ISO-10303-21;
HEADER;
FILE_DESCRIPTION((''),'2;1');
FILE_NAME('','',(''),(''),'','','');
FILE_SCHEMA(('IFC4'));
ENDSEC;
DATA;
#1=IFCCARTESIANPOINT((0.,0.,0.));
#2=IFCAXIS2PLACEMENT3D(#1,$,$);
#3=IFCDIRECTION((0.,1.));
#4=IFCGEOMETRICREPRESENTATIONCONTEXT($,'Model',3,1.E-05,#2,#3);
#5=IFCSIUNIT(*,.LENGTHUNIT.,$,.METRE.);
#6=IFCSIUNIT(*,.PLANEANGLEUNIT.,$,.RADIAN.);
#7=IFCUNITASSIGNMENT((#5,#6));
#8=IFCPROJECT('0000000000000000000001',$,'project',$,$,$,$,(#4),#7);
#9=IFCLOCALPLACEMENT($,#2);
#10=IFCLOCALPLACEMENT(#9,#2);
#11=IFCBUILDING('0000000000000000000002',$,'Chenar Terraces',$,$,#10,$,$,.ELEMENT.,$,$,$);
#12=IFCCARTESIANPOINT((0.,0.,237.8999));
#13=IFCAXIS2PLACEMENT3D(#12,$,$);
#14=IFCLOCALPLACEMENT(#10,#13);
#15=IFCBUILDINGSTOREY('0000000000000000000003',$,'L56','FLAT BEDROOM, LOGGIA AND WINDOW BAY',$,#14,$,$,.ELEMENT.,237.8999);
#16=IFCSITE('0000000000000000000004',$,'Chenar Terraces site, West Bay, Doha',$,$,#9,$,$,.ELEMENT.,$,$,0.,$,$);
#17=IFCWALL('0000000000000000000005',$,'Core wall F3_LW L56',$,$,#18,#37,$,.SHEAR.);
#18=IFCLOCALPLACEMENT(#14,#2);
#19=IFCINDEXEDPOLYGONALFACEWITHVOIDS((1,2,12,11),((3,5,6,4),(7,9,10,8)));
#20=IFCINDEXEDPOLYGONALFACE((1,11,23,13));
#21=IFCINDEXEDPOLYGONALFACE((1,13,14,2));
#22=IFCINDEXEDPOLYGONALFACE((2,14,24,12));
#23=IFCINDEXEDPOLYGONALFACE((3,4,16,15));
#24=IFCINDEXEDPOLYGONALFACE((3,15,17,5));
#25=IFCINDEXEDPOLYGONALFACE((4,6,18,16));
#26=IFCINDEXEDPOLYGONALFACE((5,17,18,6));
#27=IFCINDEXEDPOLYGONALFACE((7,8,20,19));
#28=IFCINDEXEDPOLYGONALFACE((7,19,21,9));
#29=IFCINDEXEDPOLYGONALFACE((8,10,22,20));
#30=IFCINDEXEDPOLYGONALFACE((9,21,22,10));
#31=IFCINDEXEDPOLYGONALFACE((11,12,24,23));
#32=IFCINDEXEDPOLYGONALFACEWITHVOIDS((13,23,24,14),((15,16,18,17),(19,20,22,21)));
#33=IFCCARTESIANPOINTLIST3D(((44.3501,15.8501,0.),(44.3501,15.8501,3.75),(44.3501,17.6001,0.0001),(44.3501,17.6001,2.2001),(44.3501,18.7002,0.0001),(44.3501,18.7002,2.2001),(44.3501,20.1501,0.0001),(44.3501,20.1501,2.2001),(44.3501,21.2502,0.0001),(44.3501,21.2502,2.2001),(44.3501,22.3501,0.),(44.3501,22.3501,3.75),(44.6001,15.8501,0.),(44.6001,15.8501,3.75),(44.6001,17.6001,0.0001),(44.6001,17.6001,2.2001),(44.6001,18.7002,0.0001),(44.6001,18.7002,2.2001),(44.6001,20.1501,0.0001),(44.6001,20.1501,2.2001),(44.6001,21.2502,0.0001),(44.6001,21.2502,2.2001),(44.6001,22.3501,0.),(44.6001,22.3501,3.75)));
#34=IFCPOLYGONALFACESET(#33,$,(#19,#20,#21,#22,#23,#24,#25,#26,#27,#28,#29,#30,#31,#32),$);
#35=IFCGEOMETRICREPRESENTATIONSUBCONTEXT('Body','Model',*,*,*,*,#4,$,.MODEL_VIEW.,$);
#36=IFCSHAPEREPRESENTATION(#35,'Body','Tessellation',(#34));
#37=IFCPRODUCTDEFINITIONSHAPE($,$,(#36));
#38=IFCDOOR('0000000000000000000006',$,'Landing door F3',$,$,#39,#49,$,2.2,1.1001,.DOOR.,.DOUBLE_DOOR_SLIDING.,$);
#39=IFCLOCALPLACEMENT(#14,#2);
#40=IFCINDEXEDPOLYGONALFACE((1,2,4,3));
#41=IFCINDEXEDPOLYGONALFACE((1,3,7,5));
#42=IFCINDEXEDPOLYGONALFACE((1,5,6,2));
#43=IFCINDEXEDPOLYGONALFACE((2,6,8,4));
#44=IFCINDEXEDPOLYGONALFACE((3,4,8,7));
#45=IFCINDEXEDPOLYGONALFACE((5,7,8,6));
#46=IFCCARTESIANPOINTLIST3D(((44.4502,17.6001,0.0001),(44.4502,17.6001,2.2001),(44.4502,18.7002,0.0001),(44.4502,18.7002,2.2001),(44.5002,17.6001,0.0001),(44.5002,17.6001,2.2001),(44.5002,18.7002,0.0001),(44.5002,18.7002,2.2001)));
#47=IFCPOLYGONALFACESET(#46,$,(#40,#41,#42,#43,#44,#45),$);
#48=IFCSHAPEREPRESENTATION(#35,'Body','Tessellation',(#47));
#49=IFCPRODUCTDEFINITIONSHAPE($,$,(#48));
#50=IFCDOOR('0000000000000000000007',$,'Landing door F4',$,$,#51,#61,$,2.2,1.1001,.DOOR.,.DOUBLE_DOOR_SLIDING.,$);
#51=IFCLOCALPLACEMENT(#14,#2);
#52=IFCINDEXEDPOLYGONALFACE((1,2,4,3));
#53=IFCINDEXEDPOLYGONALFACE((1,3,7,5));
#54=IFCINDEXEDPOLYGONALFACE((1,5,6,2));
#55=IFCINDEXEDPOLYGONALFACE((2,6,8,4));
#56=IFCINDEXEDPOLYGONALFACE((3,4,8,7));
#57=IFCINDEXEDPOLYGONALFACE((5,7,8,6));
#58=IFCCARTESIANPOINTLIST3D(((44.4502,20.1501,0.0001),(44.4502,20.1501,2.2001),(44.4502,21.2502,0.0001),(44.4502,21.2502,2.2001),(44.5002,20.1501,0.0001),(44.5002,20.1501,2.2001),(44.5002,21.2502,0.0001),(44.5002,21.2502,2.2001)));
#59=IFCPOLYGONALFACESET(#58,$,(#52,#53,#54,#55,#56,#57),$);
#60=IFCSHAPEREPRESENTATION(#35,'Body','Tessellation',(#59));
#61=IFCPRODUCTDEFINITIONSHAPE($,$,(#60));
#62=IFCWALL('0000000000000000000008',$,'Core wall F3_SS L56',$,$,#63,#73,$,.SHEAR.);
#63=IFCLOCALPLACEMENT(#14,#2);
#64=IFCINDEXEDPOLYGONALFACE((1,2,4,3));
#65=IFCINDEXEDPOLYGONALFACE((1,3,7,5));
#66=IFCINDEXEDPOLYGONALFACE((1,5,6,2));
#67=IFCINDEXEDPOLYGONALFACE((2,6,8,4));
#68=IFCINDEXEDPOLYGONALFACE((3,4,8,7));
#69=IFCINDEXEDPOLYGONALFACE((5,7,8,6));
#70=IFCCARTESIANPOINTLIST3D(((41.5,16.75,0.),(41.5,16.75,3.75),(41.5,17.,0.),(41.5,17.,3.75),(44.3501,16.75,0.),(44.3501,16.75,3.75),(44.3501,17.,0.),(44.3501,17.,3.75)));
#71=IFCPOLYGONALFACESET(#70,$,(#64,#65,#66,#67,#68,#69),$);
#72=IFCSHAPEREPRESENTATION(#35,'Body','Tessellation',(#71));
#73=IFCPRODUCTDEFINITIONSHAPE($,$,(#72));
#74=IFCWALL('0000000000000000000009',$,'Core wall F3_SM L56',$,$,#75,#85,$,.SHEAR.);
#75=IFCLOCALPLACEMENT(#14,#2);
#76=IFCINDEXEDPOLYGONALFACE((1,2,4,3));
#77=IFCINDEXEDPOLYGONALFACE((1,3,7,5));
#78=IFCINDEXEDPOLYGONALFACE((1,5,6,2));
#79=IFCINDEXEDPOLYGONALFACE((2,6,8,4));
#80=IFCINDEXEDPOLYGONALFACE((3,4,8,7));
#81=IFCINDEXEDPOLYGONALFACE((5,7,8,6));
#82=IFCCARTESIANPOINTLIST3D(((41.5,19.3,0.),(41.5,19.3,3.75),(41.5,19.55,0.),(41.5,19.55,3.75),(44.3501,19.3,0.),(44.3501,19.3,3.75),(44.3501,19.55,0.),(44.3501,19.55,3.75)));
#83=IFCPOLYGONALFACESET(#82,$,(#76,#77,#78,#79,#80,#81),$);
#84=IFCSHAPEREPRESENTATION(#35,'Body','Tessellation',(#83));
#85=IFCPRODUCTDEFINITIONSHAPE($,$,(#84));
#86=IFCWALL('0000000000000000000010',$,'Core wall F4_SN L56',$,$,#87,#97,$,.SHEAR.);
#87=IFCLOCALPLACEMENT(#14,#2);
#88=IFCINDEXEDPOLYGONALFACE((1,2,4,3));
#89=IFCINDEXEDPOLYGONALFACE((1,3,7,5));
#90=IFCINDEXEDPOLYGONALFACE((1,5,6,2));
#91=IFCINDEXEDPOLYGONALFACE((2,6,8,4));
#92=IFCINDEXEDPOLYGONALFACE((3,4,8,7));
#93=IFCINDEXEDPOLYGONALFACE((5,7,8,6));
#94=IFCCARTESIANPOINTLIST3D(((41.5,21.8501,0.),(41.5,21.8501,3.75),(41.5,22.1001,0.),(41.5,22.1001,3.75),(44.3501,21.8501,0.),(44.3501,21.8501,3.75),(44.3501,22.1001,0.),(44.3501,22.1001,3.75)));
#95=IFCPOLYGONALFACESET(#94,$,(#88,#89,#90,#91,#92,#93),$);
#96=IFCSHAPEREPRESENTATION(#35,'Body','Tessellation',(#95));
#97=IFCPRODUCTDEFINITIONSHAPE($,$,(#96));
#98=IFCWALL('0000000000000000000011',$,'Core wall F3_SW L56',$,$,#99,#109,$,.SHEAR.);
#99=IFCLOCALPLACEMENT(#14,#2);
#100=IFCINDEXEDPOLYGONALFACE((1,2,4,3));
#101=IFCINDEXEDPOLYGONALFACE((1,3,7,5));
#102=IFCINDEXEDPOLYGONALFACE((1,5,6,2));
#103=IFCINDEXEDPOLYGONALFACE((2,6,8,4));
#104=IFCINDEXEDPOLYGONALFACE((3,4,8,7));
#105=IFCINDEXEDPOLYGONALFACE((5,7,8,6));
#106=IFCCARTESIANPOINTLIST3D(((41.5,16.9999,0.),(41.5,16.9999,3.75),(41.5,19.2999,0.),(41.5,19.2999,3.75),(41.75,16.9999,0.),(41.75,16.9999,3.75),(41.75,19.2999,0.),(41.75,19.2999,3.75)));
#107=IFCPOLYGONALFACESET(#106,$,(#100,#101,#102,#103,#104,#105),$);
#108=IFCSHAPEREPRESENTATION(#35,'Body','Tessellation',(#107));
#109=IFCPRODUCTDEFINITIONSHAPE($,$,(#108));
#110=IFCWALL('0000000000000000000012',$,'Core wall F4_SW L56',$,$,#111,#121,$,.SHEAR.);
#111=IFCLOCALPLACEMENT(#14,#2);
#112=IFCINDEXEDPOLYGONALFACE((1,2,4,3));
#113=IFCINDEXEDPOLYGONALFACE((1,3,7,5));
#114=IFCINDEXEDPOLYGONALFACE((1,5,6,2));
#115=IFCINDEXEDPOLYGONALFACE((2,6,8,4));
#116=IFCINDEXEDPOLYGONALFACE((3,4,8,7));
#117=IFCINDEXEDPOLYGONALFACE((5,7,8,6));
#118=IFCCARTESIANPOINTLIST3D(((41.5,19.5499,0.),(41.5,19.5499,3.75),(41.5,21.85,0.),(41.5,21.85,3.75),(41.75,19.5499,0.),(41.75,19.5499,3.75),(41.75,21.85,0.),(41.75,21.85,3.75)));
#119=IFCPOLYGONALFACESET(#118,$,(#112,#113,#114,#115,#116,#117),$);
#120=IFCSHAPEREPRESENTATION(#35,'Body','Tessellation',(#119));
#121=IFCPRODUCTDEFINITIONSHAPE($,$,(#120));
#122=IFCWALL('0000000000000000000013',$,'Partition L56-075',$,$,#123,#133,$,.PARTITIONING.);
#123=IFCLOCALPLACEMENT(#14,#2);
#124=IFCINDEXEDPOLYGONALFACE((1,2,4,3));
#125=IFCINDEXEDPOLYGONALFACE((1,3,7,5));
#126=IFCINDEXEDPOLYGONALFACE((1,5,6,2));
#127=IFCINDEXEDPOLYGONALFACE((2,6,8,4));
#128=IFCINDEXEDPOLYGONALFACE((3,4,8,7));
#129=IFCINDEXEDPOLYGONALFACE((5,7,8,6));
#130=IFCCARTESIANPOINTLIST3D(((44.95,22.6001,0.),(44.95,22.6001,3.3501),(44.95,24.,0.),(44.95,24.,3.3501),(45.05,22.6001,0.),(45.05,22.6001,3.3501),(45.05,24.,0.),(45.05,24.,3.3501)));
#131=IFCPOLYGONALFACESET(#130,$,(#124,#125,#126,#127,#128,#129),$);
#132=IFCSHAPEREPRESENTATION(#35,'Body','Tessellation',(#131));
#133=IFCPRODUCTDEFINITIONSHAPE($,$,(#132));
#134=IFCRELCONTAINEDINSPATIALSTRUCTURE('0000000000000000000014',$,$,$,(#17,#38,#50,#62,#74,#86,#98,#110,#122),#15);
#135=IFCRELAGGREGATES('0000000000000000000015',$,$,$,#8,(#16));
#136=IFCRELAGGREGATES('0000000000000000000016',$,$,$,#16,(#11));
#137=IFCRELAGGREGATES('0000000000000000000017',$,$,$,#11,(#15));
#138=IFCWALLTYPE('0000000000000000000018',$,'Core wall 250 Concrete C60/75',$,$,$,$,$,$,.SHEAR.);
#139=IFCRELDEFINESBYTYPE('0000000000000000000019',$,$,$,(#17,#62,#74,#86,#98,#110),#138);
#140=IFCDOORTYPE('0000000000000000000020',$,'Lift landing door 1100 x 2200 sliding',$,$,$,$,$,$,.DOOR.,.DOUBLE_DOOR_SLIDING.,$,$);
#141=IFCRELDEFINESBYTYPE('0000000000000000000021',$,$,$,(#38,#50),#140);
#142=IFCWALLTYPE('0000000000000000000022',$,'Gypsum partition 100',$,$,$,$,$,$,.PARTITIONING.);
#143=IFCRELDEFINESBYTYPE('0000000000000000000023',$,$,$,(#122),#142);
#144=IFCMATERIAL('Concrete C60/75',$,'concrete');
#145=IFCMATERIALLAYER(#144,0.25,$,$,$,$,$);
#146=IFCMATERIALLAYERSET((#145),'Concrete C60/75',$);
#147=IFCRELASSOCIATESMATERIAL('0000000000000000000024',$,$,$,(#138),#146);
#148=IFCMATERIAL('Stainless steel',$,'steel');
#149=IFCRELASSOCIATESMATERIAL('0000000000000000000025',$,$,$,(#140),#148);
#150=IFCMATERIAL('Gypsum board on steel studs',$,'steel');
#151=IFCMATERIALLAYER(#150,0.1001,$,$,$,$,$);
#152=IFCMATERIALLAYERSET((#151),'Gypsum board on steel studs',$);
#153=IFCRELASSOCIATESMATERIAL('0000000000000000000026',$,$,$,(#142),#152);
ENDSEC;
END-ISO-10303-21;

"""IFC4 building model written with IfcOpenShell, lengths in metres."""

from ifc_helpers import new_model, si_unit, direction, frame, frame_2d, origin, place, context, subcontext, project, spatial, rectangle, extrude, material, layer, layer_set, type_object, element, fill, save


model = new_model("IFC4")

# Units and contexts
model_context = context("Model", 3, precision=1e-05, world=origin(), true_north=direction((0.0, 1.0)))
body_context = subcontext(model_context, "Body", "Model", "MODEL_VIEW")
ifc_project = project(units=[si_unit("LENGTHUNIT", "METRE"), si_unit("PLANEANGLEUNIT", "RADIAN")], contexts=[model_context])

# Site, building, storey
site_placement = place(None, origin())
site = spatial("IfcSite", under=ifc_project, at=site_placement, Name="Chenar Terraces site, West Bay, Doha", CompositionType="ELEMENT", RefElevation=0.0)
building_placement = place(site_placement, origin())
building = spatial("IfcBuilding", under=site, at=building_placement, Name="Chenar Terraces", CompositionType="ELEMENT")
storey_placement = place(building_placement, frame((0.0, 0.0, 237.8999)))
storey = spatial("IfcBuildingStorey", under=building, at=storey_placement, Name="L56", Description="FLAT BEDROOM, LOGGIA AND WINDOW BAY", CompositionType="ELEMENT", Elevation=237.8999)

# Shared definitions
ifc_material_1 = material(Name="Concrete C60/75", Category="concrete")
ifc_layer_1 = layer(ifc_material_1, 0.25)
ifc_layer_set_1 = layer_set([ifc_layer_1], Name="Concrete C60/75")
wall_type_1 = type_object("IfcWallType", Name="Core wall 250 Concrete C60/75", PredefinedType="SHEAR", material=ifc_layer_set_1)

# Wall, openings, doors
wall_1_placement = place(storey_placement, frame((44.4751, 15.8501, 0.0), z_axis=(0.0, 0.0, 1.0), x_axis=(0.0, 1.0, 0.0)))
wall_1 = element("IfcWall", 1, at=wall_1_placement, inside=storey, type_object=wall_type_1, Name="Core wall F3_LW L56", PredefinedType="SHEAR", context=body_context, shape_type="SweptSolid", body=[
    extrude(rectangle(XDim=6.5, YDim=0.25, at=frame_2d((3.25, 0.0))), origin(), (0.0, 0.0, 1.0), 3.75),
])
opening_1_placement = place(wall_1_placement, frame((1.75, 0.0, 0.0)))
opening_1 = element("IfcOpeningElement", 2, at=opening_1_placement, cuts=wall_1, PredefinedType="OPENING", context=body_context, shape_type="SweptSolid", body=[
    extrude(rectangle(XDim=1.1001, YDim=2.2, at=frame_2d((0.55, 1.1001))), frame((0.0, 0.135, 0.0), z_axis=(0.0, -1.0, 0.0), x_axis=(1.0, 0.0, 0.0)), (0.0, 0.0, 1.0), 0.27),
])
opening_2_placement = place(wall_1_placement, frame((4.3, 0.0, 0.0)))
opening_2 = element("IfcOpeningElement", 3, at=opening_2_placement, cuts=wall_1, PredefinedType="OPENING", context=body_context, shape_type="SweptSolid", body=[
    extrude(rectangle(XDim=1.1001, YDim=2.2, at=frame_2d((0.55, 1.1001))), frame((0.0, 0.135, 0.0), z_axis=(0.0, -1.0, 0.0), x_axis=(1.0, 0.0, 0.0)), (0.0, 0.0, 1.0), 0.27),
])
ifc_material_2 = material(Name="Stainless steel", Category="steel")
door_type_1 = type_object("IfcDoorType", Name="Lift landing door 1100 x 2200 sliding", OperationType="DOUBLE_DOOR_SLIDING", PredefinedType="DOOR", material=ifc_material_2)
door_1_placement = place(opening_1_placement, origin())
door_1 = element("IfcDoor", 4, at=door_1_placement, inside=storey, type_object=door_type_1, Name="Landing door F3", OperationType="DOUBLE_DOOR_SLIDING", OverallHeight=2.2, OverallWidth=1.1001, PredefinedType="DOOR", context=body_context, shape_type="SweptSolid", body=[
    extrude(rectangle(XDim=1.1001, YDim=2.2, at=frame_2d((0.55, 1.1001))), frame((0.0, 0.0249, 0.0), z_axis=(0.0, -1.0, 0.0), x_axis=(1.0, 0.0, 0.0)), (0.0, 0.0, 1.0), 0.05),
])
fill(opening_1, door_1)
door_2_placement = place(opening_2_placement, origin())
door_2 = element("IfcDoor", 5, at=door_2_placement, inside=storey, type_object=door_type_1, Name="Landing door F4", OperationType="DOUBLE_DOOR_SLIDING", OverallHeight=2.2, OverallWidth=1.1001, PredefinedType="DOOR", context=body_context, shape_type="SweptSolid", body=[
    extrude(rectangle(XDim=1.1001, YDim=2.2, at=frame_2d((0.55, 1.1001))), frame((0.0, 0.0249, 0.0), z_axis=(0.0, -1.0, 0.0), x_axis=(1.0, 0.0, 0.0)), (0.0, 0.0, 1.0), 0.05),
])
fill(opening_2, door_2)

# Walls
for number, where, z_axis, x_axis, name in (
    (6, (41.5, 16.875, 0.0), (0.0, 0.0, 1.0), (1.0, 0.0, 0.0), "Core wall F3_SS L56"),
    (7, (41.5, 19.425, 0.0), (0.0, 0.0, 1.0), (1.0, 0.0, 0.0), "Core wall F3_SM L56"),
    (8, (41.5, 21.9751, 0.0), (0.0, 0.0, 1.0), (1.0, 0.0, 0.0), "Core wall F4_SN L56"),
):
    element("IfcWall", number, at=place(storey_placement, frame(where, z_axis=z_axis, x_axis=x_axis)), inside=storey, type_object=wall_type_1, Name=name, PredefinedType="SHEAR", context=body_context, shape_type="SweptSolid", body=[
        extrude(rectangle(XDim=2.8501, YDim=0.25, at=frame_2d((1.425, 0.0))), origin(), (0.0, 0.0, 1.0), 3.75),
    ])
for number, where, z_axis, x_axis, name in (
    (9, (41.625, 17.0, 0.0), (0.0, 0.0, 1.0), (0.0, 1.0, 0.0), "Core wall F3_SW L56"),
    (10, (41.625, 19.55, 0.0), (0.0, 0.0, 1.0), (0.0, 1.0, 0.0), "Core wall F4_SW L56"),
):
    element("IfcWall", number, at=place(storey_placement, frame(where, z_axis=z_axis, x_axis=x_axis)), inside=storey, type_object=wall_type_1, Name=name, PredefinedType="SHEAR", context=body_context, shape_type="SweptSolid", body=[
        extrude(rectangle(XDim=2.3, YDim=0.25, at=frame_2d((1.1499, 0.0))), origin(), (0.0, 0.0, 1.0), 3.75),
    ])
ifc_material_3 = material(Name="Gypsum board on steel studs", Category="steel")
ifc_layer_2 = layer(ifc_material_3, 0.1001)
ifc_layer_set_2 = layer_set([ifc_layer_2], Name="Gypsum board on steel studs")
wall_type_2 = type_object("IfcWallType", Name="Gypsum partition 100", PredefinedType="PARTITIONING", material=ifc_layer_set_2)
wall_2_placement = place(storey_placement, frame((45.0, 22.6001, 0.0), z_axis=(0.0, 0.0, 1.0), x_axis=(0.0, 1.0, 0.0)))
element("IfcWall", 11, at=wall_2_placement, inside=storey, type_object=wall_type_2, Name="Partition L56-075", PredefinedType="PARTITIONING", context=body_context, shape_type="SweptSolid", body=[
    extrude(rectangle(XDim=1.3999, YDim=0.1001, at=frame_2d((0.7, 0.0))), origin(), (0.0, 0.0, 1.0), 3.3501),
])

save(model, "model.ifc")
